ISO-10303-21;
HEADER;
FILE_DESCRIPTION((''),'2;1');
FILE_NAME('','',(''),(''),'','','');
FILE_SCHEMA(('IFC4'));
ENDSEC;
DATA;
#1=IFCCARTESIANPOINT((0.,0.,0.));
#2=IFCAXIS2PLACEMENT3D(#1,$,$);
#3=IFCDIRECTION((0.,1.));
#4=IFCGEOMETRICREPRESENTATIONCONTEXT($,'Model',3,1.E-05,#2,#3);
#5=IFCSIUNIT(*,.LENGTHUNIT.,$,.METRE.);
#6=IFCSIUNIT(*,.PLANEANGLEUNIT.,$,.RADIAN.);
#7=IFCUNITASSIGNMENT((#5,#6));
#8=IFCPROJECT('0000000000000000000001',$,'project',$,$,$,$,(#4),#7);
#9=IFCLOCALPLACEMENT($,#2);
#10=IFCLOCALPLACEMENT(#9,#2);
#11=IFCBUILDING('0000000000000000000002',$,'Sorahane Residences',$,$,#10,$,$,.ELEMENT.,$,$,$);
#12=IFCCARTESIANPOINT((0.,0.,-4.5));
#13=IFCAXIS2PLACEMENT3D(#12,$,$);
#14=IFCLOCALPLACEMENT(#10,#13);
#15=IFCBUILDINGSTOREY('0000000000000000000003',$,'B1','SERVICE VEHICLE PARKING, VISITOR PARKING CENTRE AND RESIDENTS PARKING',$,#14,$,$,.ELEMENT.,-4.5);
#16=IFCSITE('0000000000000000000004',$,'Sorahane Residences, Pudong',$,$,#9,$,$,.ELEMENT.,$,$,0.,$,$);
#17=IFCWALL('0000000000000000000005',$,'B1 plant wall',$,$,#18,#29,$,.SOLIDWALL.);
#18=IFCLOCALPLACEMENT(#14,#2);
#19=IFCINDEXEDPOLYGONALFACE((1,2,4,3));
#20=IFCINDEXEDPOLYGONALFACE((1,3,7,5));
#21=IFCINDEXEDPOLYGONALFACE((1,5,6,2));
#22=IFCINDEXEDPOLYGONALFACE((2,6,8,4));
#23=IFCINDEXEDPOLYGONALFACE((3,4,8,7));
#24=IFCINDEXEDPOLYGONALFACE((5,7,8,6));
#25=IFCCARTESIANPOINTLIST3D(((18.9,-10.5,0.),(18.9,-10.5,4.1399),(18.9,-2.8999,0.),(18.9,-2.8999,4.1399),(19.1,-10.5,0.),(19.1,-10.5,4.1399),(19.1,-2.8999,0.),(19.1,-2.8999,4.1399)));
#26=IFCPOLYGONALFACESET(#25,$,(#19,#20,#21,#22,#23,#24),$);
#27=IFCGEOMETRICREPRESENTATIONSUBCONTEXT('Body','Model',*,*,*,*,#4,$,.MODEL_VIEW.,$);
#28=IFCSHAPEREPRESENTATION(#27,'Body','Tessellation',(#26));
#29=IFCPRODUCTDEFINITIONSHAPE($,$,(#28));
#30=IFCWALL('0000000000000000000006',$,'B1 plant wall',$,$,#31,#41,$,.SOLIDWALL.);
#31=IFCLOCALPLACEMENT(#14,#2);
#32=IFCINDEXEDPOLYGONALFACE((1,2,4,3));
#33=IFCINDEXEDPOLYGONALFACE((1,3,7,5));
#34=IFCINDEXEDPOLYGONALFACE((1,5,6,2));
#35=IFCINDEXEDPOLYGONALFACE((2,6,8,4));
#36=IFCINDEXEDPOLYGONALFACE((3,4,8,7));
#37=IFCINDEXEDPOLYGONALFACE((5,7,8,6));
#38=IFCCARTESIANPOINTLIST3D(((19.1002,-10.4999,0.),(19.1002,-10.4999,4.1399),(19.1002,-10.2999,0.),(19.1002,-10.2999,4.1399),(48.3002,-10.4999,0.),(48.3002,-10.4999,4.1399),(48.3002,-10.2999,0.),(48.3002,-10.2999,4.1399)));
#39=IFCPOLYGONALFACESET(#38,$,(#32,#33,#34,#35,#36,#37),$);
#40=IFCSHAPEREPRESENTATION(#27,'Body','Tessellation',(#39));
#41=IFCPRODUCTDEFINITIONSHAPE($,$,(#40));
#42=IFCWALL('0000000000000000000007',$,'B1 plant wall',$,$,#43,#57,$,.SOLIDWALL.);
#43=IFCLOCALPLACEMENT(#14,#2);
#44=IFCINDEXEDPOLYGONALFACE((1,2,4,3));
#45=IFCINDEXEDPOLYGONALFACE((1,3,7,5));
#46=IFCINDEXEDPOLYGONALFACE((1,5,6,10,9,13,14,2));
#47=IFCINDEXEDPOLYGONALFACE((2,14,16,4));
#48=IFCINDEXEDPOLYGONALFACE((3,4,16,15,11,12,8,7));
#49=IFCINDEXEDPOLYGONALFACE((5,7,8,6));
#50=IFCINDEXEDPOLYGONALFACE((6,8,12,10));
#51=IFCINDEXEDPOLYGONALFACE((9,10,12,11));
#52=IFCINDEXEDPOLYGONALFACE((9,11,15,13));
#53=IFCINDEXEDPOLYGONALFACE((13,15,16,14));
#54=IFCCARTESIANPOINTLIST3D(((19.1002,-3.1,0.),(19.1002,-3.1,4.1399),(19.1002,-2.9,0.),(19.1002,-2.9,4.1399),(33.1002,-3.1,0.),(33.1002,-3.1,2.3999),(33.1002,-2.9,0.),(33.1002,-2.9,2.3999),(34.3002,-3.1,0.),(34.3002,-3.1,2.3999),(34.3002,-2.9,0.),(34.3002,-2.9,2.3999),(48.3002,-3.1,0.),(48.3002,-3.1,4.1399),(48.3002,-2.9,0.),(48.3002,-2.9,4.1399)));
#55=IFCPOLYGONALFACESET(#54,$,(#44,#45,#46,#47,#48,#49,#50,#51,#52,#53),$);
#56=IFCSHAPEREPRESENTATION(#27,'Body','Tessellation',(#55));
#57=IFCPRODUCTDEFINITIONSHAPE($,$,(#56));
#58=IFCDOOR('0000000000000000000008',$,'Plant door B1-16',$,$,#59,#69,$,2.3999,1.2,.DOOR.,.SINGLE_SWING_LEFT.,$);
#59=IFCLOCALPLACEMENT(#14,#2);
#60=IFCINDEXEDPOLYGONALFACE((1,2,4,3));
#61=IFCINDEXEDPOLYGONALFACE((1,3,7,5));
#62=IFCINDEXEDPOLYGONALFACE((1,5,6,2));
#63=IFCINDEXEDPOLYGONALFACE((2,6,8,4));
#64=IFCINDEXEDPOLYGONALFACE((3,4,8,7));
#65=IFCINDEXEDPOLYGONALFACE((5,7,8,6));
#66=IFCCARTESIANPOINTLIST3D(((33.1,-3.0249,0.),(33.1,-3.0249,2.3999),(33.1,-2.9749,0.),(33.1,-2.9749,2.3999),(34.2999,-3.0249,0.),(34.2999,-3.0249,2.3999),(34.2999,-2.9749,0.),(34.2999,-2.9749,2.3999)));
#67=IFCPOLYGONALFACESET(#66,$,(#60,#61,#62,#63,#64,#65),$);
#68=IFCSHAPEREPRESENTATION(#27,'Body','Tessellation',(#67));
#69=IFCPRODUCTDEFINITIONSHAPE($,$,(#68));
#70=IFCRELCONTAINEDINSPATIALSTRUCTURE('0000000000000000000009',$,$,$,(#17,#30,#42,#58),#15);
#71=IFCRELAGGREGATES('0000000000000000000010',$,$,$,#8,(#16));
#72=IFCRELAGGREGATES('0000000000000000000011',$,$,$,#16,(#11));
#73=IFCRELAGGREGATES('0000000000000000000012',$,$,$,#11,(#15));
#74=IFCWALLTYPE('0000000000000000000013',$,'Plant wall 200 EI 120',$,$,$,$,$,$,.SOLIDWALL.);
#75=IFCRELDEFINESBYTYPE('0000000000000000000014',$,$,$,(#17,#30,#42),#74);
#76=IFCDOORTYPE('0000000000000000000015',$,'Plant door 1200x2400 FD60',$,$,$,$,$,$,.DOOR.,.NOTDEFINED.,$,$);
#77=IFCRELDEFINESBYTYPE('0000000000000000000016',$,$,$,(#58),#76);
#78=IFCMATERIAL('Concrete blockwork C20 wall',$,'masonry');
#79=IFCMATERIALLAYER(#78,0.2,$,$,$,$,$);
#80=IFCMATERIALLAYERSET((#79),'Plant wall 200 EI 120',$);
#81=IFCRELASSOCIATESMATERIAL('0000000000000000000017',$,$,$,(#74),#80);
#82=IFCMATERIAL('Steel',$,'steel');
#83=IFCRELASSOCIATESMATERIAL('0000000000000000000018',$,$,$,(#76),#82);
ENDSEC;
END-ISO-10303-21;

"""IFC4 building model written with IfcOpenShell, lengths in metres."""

from ifc_helpers import new_model, si_unit, direction, frame, frame_2d, origin, place, context, subcontext, project, spatial, rectangle, extrude, material, layer, layer_set, type_object, element, fill, save


model = new_model("IFC4")

# Units and contexts
model_context = context("Model", 3, precision=1e-05, world=origin(), true_north=direction((0.0, 1.0)))
body_context = subcontext(model_context, "Body", "Model", "MODEL_VIEW")
ifc_project = project(units=[si_unit("LENGTHUNIT", "METRE"), si_unit("PLANEANGLEUNIT", "RADIAN")], contexts=[model_context])

# Site, building, storey
site_placement = place(None, origin())
site = spatial("IfcSite", under=ifc_project, at=site_placement, Name="Sorahane Residences, Pudong", CompositionType="ELEMENT", RefElevation=0.0)
building_placement = place(site_placement, origin())
building = spatial("IfcBuilding", under=site, at=building_placement, Name="Sorahane Residences", CompositionType="ELEMENT")
storey_placement = place(building_placement, frame((0.0, 0.0, -4.5)))
storey = spatial("IfcBuildingStorey", under=building, at=storey_placement, Name="B1", Description="SERVICE VEHICLE PARKING, VISITOR PARKING CENTRE AND RESIDENTS PARKING", CompositionType="ELEMENT", Elevation=-4.5)

# Walls
ifc_material_1 = material(Name="Concrete blockwork C20 wall", Category="masonry")
ifc_layer_1 = layer(ifc_material_1, 0.2)
ifc_layer_set_1 = layer_set([ifc_layer_1], Name="Plant wall 200 EI 120")
wall_type_1 = type_object("IfcWallType", Name="Plant wall 200 EI 120", PredefinedType="SOLIDWALL", material=ifc_layer_set_1)
wall_1_placement = place(storey_placement, frame((19.0, -10.5, 0.0), z_axis=(0.0, 0.0, 1.0), x_axis=(0.0, 1.0, 0.0)))
element("IfcWall", 1, at=wall_1_placement, inside=storey, type_object=wall_type_1, Name="B1 plant wall", PredefinedType="SOLIDWALL", context=body_context, shape_type="SweptSolid", body=[
    extrude(rectangle(XDim=7.6001, YDim=0.2, at=frame_2d((3.8, 0.0))), origin(), (0.0, 0.0, 1.0), 4.1399),
])
wall_2_placement = place(storey_placement, frame((19.1001, -10.3999, 0.0), z_axis=(0.0, 0.0, 1.0), x_axis=(1.0, 0.0, 0.0)))
element("IfcWall", 2, at=wall_2_placement, inside=storey, type_object=wall_type_1, Name="B1 plant wall", PredefinedType="SOLIDWALL", context=body_context, shape_type="SweptSolid", body=[
    extrude(rectangle(XDim=29.2, YDim=0.2, at=frame_2d((14.6001, 0.0))), origin(), (0.0, 0.0, 1.0), 4.1399),
])

# Wall, opening, door
wall_3_placement = place(storey_placement, frame((19.1001, -3.0, 0.0), z_axis=(0.0, 0.0, 1.0), x_axis=(1.0, 0.0, 0.0)))
wall_3 = element("IfcWall", 3, at=wall_3_placement, inside=storey, type_object=wall_type_1, Name="B1 plant wall", PredefinedType="SOLIDWALL", context=body_context, shape_type="SweptSolid", body=[
    extrude(rectangle(XDim=29.2, YDim=0.2, at=frame_2d((14.6001, 0.0))), origin(), (0.0, 0.0, 1.0), 4.1399),
])
opening_1_placement = place(wall_3_placement, frame((14.0, 0.0, 0.0)))
opening_1 = element("IfcOpeningElement", 4, at=opening_1_placement, cuts=wall_3, PredefinedType="OPENING", context=body_context, shape_type="SweptSolid", body=[
    extrude(rectangle(XDim=1.2, YDim=2.3999, at=frame_2d((0.6001, 1.2))), frame((0.0, 0.1099, 0.0), z_axis=(0.0, -1.0, 0.0), x_axis=(1.0, 0.0, 0.0)), (0.0, 0.0, 1.0), 0.22),
])
ifc_material_2 = material(Name="Steel", Category="steel")
door_type_1 = type_object("IfcDoorType", Name="Plant door 1200x2400 FD60", OperationType="NOTDEFINED", PredefinedType="DOOR", material=ifc_material_2)
door_1_placement = place(opening_1_placement, frame((1.2, 0.0, 0.0), z_axis=(0.0, 0.0, 1.0), x_axis=(-1.0, 0.0, 0.0)))
door_1 = element("IfcDoor", 5, at=door_1_placement, inside=storey, type_object=door_type_1, Name="Plant door B1-16", OperationType="SINGLE_SWING_LEFT", OverallHeight=2.3999, OverallWidth=1.2, PredefinedType="DOOR", context=body_context, shape_type="SweptSolid", body=[
    extrude(rectangle(XDim=1.2, YDim=2.3999, at=frame_2d((0.6001, 1.2))), frame((0.0, 0.0249, 0.0), z_axis=(0.0, -1.0, 0.0), x_axis=(1.0, 0.0, 0.0)), (0.0, 0.0, 1.0), 0.05),
])
fill(opening_1, door_1)

save(model, "model.ifc")
